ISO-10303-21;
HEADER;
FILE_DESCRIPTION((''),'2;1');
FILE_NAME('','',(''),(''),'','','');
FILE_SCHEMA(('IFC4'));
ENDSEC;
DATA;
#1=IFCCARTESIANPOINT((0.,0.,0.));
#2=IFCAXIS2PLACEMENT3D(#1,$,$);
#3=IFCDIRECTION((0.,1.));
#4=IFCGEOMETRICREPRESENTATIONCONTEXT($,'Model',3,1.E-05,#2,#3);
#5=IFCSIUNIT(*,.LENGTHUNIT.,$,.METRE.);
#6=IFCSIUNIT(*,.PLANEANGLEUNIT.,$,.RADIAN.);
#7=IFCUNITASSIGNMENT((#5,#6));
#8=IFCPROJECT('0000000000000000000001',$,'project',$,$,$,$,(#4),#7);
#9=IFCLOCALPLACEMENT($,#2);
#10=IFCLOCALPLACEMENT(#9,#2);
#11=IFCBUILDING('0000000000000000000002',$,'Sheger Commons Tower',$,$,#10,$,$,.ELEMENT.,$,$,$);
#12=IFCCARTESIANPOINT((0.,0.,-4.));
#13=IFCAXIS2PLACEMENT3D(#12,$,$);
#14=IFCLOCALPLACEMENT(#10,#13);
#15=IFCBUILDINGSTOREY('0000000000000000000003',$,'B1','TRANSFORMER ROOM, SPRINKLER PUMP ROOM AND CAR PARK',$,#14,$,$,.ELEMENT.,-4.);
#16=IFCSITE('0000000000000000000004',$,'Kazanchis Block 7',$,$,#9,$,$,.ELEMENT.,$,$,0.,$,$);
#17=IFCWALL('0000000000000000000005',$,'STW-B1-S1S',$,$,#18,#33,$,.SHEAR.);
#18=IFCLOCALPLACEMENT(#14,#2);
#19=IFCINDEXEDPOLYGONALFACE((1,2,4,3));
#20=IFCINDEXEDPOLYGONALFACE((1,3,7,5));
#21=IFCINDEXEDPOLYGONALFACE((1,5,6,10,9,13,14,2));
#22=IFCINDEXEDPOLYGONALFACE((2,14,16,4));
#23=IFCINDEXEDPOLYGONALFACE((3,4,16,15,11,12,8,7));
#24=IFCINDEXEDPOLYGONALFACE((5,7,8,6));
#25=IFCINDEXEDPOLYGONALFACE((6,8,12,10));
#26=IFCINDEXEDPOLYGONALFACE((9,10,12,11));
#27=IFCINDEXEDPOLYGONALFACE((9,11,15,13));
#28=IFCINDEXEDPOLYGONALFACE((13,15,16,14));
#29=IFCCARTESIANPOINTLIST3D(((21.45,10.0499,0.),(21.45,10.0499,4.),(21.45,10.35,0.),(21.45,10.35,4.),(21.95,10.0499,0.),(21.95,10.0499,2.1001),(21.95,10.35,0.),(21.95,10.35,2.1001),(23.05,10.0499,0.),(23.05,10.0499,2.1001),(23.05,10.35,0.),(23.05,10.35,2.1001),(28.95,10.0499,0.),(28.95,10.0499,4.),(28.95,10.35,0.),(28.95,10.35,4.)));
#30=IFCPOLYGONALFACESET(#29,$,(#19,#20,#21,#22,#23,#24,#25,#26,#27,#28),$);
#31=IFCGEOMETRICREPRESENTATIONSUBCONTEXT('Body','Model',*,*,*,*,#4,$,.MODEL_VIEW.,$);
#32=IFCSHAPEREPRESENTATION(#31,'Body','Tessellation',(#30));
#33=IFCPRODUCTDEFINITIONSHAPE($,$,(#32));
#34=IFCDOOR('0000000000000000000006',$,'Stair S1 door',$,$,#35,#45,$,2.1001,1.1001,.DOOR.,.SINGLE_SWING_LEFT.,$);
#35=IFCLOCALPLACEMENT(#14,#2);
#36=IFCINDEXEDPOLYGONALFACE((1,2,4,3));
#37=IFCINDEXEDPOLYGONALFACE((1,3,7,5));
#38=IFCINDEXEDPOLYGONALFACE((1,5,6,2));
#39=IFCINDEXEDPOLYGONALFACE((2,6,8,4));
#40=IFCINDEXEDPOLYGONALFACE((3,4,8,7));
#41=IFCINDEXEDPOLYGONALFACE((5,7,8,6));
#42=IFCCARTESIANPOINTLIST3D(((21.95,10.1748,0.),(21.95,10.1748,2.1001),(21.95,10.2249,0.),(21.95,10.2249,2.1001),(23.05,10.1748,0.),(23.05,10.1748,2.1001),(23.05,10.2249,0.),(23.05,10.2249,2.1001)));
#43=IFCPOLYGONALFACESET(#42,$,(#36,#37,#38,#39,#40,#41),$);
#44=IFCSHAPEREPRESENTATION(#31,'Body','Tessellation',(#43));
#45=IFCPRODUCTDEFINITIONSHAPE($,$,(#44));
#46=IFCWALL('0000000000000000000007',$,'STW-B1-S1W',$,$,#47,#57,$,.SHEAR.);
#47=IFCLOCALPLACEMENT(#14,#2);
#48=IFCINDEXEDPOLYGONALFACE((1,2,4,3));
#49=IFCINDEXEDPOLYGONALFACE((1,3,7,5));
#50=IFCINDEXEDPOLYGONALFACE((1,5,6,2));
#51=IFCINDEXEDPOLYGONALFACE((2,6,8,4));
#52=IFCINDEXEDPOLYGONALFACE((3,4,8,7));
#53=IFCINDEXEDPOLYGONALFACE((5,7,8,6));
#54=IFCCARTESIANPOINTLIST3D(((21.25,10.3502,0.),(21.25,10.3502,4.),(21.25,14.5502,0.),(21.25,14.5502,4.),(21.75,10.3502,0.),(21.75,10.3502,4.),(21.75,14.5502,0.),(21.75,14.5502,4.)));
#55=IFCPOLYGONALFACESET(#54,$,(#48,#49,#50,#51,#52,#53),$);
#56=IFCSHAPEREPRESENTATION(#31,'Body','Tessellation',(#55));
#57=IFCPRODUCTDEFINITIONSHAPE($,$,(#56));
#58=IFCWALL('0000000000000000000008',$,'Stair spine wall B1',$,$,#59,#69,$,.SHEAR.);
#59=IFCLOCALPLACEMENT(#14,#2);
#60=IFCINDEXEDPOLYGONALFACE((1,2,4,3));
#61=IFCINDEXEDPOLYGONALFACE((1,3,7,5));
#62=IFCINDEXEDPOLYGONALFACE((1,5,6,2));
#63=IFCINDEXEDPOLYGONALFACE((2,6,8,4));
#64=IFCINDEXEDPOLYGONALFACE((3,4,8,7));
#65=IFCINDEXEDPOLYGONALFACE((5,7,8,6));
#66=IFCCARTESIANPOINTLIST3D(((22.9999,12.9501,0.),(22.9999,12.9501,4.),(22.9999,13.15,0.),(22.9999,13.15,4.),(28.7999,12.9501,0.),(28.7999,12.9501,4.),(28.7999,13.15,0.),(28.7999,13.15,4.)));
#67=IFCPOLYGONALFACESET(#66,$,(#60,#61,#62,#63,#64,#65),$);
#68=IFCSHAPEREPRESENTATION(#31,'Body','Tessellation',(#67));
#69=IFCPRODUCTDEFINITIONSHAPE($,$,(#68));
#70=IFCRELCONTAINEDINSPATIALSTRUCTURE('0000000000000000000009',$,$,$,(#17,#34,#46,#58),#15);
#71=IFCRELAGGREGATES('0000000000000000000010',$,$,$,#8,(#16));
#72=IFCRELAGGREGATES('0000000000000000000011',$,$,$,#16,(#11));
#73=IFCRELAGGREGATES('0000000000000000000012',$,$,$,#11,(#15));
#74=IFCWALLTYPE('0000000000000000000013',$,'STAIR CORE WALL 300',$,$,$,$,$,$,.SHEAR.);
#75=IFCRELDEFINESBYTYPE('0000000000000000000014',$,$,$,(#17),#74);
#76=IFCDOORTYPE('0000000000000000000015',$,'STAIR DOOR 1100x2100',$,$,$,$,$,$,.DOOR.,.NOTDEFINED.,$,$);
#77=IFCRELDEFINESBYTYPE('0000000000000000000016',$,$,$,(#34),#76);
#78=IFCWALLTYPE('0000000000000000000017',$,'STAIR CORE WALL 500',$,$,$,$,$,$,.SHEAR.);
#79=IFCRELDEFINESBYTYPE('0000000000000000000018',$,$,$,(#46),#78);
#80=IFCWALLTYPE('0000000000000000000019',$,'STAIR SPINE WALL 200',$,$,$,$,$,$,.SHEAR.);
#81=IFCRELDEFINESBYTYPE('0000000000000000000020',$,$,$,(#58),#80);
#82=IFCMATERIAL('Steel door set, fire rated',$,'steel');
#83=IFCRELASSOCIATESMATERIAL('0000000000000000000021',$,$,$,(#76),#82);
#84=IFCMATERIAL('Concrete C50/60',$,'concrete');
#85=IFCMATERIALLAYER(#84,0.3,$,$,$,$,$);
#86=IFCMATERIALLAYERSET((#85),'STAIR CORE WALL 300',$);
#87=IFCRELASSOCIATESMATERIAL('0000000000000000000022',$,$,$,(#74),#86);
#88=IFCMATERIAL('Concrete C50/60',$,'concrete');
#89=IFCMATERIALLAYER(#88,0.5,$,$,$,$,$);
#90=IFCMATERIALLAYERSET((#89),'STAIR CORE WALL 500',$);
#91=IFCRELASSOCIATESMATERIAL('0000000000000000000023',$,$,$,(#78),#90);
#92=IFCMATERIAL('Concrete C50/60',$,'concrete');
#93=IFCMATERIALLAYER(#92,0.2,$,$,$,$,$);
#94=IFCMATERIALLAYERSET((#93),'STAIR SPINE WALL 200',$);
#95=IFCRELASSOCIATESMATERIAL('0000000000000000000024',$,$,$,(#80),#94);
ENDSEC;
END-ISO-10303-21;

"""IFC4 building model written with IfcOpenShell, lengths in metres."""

from ifc_helpers import new_model, si_unit, direction, frame, frame_2d, origin, place, context, subcontext, project, spatial, rectangle, extrude, material, layer, layer_set, type_object, element, fill, save


model = new_model("IFC4")

# Units and contexts
model_context = context("Model", 3, precision=1e-05, world=origin(), true_north=direction((0.0, 1.0)))
body_context = subcontext(model_context, "Body", "Model", "MODEL_VIEW")
ifc_project = project(units=[si_unit("LENGTHUNIT", "METRE"), si_unit("PLANEANGLEUNIT", "RADIAN")], contexts=[model_context])

# Site, building, storey
site_placement = place(None, origin())
site = spatial("IfcSite", under=ifc_project, at=site_placement, Name="Kazanchis Block 7", CompositionType="ELEMENT", RefElevation=0.0)
building_placement = place(site_placement, origin())
building = spatial("IfcBuilding", under=site, at=building_placement, Name="Sheger Commons Tower", CompositionType="ELEMENT")
storey_placement = place(building_placement, frame((0.0, 0.0, -4.0)))
storey = spatial("IfcBuildingStorey", under=building, at=storey_placement, Name="B1", Description="TRANSFORMER ROOM, SPRINKLER PUMP ROOM AND CAR PARK", CompositionType="ELEMENT", Elevation=-4.0)

# Shared definitions
ifc_material_1 = material(Name="Steel door set, fire rated", Category="steel")
door_type_1 = type_object("IfcDoorType", Name="STAIR DOOR 1100x2100", OperationType="NOTDEFINED", PredefinedType="DOOR", material=ifc_material_1)

# Wall, opening, door
ifc_material_2 = material(Name="Concrete C50/60", Category="concrete")
ifc_layer_1 = layer(ifc_material_2, 0.3)
ifc_layer_set_1 = layer_set([ifc_layer_1], Name="STAIR CORE WALL 300")
wall_type_1 = type_object("IfcWallType", Name="STAIR CORE WALL 300", PredefinedType="SHEAR", material=ifc_layer_set_1)
wall_1_placement = place(storey_placement, frame((21.45, 10.2, 0.0), z_axis=(0.0, 0.0, 1.0), x_axis=(1.0, 0.0, 0.0)))
wall_1 = element("IfcWall", 1, at=wall_1_placement, inside=storey, type_object=wall_type_1, Name="STW-B1-S1S", PredefinedType="SHEAR", context=body_context, shape_type="SweptSolid", body=[
    extrude(rectangle(XDim=7.5, YDim=0.3, at=frame_2d((3.75, 0.0))), origin(), (0.0, 0.0, 1.0), 4.0),
])
opening_1_placement = place(wall_1_placement, frame((0.5, 0.0, 0.0)))
opening_1 = element("IfcOpeningElement", 2, at=opening_1_placement, cuts=wall_1, PredefinedType="OPENING", context=body_context, shape_type="SweptSolid", body=[
    extrude(rectangle(XDim=1.1001, YDim=2.1001, at=frame_2d((0.55, 1.05))), frame((0.0, 0.1599, 0.0), z_axis=(0.0, -1.0, 0.0), x_axis=(1.0, 0.0, 0.0)), (0.0, 0.0, 1.0), 0.3201),
])
door_1_placement = place(opening_1_placement, origin())
door_1 = element("IfcDoor", 3, at=door_1_placement, inside=storey, type_object=door_type_1, Name="Stair S1 door", OperationType="SINGLE_SWING_LEFT", OverallHeight=2.1001, OverallWidth=1.1001, PredefinedType="DOOR", context=body_context, shape_type="SweptSolid", body=[
    extrude(rectangle(XDim=1.1001, YDim=2.1001, at=frame_2d((0.55, 1.05))), frame((0.0, 0.0249, 0.0), z_axis=(0.0, -1.0, 0.0), x_axis=(1.0, 0.0, 0.0)), (0.0, 0.0, 1.0), 0.05),
])
fill(opening_1, door_1)

# Walls
ifc_material_3 = material(Name="Concrete C50/60", Category="concrete")
ifc_layer_2 = layer(ifc_material_3, 0.5)
ifc_layer_set_2 = layer_set([ifc_layer_2], Name="STAIR CORE WALL 500")
wall_type_2 = type_object("IfcWallType", Name="STAIR CORE WALL 500", PredefinedType="SHEAR", material=ifc_layer_set_2)
wall_2_placement = place(storey_placement, frame((21.5, 10.3501, 0.0), z_axis=(0.0, 0.0, 1.0), x_axis=(0.0, 1.0, 0.0)))
element("IfcWall", 4, at=wall_2_placement, inside=storey, type_object=wall_type_2, Name="STW-B1-S1W", PredefinedType="SHEAR", context=body_context, shape_type="SweptSolid", body=[
    extrude(rectangle(XDim=4.2, YDim=0.5, at=frame_2d((2.1001, 0.0))), origin(), (0.0, 0.0, 1.0), 4.0),
])
ifc_material_4 = material(Name="Concrete C50/60", Category="concrete")
ifc_layer_3 = layer(ifc_material_4, 0.2)
ifc_layer_set_3 = layer_set([ifc_layer_3], Name="STAIR SPINE WALL 200")
wall_type_3 = type_object("IfcWallType", Name="STAIR SPINE WALL 200", PredefinedType="SHEAR", material=ifc_layer_set_3)
wall_3_placement = place(storey_placement, frame((23.0, 13.05, 0.0), z_axis=(0.0, 0.0, 1.0), x_axis=(1.0, 0.0, 0.0)))
element("IfcWall", 5, at=wall_3_placement, inside=storey, type_object=wall_type_3, Name="Stair spine wall B1", PredefinedType="SHEAR", context=body_context, shape_type="SweptSolid", body=[
    extrude(rectangle(XDim=5.8, YDim=0.2, at=frame_2d((2.8999, 0.0))), origin(), (0.0, 0.0, 1.0), 4.0),
])

save(model, "model.ifc")
